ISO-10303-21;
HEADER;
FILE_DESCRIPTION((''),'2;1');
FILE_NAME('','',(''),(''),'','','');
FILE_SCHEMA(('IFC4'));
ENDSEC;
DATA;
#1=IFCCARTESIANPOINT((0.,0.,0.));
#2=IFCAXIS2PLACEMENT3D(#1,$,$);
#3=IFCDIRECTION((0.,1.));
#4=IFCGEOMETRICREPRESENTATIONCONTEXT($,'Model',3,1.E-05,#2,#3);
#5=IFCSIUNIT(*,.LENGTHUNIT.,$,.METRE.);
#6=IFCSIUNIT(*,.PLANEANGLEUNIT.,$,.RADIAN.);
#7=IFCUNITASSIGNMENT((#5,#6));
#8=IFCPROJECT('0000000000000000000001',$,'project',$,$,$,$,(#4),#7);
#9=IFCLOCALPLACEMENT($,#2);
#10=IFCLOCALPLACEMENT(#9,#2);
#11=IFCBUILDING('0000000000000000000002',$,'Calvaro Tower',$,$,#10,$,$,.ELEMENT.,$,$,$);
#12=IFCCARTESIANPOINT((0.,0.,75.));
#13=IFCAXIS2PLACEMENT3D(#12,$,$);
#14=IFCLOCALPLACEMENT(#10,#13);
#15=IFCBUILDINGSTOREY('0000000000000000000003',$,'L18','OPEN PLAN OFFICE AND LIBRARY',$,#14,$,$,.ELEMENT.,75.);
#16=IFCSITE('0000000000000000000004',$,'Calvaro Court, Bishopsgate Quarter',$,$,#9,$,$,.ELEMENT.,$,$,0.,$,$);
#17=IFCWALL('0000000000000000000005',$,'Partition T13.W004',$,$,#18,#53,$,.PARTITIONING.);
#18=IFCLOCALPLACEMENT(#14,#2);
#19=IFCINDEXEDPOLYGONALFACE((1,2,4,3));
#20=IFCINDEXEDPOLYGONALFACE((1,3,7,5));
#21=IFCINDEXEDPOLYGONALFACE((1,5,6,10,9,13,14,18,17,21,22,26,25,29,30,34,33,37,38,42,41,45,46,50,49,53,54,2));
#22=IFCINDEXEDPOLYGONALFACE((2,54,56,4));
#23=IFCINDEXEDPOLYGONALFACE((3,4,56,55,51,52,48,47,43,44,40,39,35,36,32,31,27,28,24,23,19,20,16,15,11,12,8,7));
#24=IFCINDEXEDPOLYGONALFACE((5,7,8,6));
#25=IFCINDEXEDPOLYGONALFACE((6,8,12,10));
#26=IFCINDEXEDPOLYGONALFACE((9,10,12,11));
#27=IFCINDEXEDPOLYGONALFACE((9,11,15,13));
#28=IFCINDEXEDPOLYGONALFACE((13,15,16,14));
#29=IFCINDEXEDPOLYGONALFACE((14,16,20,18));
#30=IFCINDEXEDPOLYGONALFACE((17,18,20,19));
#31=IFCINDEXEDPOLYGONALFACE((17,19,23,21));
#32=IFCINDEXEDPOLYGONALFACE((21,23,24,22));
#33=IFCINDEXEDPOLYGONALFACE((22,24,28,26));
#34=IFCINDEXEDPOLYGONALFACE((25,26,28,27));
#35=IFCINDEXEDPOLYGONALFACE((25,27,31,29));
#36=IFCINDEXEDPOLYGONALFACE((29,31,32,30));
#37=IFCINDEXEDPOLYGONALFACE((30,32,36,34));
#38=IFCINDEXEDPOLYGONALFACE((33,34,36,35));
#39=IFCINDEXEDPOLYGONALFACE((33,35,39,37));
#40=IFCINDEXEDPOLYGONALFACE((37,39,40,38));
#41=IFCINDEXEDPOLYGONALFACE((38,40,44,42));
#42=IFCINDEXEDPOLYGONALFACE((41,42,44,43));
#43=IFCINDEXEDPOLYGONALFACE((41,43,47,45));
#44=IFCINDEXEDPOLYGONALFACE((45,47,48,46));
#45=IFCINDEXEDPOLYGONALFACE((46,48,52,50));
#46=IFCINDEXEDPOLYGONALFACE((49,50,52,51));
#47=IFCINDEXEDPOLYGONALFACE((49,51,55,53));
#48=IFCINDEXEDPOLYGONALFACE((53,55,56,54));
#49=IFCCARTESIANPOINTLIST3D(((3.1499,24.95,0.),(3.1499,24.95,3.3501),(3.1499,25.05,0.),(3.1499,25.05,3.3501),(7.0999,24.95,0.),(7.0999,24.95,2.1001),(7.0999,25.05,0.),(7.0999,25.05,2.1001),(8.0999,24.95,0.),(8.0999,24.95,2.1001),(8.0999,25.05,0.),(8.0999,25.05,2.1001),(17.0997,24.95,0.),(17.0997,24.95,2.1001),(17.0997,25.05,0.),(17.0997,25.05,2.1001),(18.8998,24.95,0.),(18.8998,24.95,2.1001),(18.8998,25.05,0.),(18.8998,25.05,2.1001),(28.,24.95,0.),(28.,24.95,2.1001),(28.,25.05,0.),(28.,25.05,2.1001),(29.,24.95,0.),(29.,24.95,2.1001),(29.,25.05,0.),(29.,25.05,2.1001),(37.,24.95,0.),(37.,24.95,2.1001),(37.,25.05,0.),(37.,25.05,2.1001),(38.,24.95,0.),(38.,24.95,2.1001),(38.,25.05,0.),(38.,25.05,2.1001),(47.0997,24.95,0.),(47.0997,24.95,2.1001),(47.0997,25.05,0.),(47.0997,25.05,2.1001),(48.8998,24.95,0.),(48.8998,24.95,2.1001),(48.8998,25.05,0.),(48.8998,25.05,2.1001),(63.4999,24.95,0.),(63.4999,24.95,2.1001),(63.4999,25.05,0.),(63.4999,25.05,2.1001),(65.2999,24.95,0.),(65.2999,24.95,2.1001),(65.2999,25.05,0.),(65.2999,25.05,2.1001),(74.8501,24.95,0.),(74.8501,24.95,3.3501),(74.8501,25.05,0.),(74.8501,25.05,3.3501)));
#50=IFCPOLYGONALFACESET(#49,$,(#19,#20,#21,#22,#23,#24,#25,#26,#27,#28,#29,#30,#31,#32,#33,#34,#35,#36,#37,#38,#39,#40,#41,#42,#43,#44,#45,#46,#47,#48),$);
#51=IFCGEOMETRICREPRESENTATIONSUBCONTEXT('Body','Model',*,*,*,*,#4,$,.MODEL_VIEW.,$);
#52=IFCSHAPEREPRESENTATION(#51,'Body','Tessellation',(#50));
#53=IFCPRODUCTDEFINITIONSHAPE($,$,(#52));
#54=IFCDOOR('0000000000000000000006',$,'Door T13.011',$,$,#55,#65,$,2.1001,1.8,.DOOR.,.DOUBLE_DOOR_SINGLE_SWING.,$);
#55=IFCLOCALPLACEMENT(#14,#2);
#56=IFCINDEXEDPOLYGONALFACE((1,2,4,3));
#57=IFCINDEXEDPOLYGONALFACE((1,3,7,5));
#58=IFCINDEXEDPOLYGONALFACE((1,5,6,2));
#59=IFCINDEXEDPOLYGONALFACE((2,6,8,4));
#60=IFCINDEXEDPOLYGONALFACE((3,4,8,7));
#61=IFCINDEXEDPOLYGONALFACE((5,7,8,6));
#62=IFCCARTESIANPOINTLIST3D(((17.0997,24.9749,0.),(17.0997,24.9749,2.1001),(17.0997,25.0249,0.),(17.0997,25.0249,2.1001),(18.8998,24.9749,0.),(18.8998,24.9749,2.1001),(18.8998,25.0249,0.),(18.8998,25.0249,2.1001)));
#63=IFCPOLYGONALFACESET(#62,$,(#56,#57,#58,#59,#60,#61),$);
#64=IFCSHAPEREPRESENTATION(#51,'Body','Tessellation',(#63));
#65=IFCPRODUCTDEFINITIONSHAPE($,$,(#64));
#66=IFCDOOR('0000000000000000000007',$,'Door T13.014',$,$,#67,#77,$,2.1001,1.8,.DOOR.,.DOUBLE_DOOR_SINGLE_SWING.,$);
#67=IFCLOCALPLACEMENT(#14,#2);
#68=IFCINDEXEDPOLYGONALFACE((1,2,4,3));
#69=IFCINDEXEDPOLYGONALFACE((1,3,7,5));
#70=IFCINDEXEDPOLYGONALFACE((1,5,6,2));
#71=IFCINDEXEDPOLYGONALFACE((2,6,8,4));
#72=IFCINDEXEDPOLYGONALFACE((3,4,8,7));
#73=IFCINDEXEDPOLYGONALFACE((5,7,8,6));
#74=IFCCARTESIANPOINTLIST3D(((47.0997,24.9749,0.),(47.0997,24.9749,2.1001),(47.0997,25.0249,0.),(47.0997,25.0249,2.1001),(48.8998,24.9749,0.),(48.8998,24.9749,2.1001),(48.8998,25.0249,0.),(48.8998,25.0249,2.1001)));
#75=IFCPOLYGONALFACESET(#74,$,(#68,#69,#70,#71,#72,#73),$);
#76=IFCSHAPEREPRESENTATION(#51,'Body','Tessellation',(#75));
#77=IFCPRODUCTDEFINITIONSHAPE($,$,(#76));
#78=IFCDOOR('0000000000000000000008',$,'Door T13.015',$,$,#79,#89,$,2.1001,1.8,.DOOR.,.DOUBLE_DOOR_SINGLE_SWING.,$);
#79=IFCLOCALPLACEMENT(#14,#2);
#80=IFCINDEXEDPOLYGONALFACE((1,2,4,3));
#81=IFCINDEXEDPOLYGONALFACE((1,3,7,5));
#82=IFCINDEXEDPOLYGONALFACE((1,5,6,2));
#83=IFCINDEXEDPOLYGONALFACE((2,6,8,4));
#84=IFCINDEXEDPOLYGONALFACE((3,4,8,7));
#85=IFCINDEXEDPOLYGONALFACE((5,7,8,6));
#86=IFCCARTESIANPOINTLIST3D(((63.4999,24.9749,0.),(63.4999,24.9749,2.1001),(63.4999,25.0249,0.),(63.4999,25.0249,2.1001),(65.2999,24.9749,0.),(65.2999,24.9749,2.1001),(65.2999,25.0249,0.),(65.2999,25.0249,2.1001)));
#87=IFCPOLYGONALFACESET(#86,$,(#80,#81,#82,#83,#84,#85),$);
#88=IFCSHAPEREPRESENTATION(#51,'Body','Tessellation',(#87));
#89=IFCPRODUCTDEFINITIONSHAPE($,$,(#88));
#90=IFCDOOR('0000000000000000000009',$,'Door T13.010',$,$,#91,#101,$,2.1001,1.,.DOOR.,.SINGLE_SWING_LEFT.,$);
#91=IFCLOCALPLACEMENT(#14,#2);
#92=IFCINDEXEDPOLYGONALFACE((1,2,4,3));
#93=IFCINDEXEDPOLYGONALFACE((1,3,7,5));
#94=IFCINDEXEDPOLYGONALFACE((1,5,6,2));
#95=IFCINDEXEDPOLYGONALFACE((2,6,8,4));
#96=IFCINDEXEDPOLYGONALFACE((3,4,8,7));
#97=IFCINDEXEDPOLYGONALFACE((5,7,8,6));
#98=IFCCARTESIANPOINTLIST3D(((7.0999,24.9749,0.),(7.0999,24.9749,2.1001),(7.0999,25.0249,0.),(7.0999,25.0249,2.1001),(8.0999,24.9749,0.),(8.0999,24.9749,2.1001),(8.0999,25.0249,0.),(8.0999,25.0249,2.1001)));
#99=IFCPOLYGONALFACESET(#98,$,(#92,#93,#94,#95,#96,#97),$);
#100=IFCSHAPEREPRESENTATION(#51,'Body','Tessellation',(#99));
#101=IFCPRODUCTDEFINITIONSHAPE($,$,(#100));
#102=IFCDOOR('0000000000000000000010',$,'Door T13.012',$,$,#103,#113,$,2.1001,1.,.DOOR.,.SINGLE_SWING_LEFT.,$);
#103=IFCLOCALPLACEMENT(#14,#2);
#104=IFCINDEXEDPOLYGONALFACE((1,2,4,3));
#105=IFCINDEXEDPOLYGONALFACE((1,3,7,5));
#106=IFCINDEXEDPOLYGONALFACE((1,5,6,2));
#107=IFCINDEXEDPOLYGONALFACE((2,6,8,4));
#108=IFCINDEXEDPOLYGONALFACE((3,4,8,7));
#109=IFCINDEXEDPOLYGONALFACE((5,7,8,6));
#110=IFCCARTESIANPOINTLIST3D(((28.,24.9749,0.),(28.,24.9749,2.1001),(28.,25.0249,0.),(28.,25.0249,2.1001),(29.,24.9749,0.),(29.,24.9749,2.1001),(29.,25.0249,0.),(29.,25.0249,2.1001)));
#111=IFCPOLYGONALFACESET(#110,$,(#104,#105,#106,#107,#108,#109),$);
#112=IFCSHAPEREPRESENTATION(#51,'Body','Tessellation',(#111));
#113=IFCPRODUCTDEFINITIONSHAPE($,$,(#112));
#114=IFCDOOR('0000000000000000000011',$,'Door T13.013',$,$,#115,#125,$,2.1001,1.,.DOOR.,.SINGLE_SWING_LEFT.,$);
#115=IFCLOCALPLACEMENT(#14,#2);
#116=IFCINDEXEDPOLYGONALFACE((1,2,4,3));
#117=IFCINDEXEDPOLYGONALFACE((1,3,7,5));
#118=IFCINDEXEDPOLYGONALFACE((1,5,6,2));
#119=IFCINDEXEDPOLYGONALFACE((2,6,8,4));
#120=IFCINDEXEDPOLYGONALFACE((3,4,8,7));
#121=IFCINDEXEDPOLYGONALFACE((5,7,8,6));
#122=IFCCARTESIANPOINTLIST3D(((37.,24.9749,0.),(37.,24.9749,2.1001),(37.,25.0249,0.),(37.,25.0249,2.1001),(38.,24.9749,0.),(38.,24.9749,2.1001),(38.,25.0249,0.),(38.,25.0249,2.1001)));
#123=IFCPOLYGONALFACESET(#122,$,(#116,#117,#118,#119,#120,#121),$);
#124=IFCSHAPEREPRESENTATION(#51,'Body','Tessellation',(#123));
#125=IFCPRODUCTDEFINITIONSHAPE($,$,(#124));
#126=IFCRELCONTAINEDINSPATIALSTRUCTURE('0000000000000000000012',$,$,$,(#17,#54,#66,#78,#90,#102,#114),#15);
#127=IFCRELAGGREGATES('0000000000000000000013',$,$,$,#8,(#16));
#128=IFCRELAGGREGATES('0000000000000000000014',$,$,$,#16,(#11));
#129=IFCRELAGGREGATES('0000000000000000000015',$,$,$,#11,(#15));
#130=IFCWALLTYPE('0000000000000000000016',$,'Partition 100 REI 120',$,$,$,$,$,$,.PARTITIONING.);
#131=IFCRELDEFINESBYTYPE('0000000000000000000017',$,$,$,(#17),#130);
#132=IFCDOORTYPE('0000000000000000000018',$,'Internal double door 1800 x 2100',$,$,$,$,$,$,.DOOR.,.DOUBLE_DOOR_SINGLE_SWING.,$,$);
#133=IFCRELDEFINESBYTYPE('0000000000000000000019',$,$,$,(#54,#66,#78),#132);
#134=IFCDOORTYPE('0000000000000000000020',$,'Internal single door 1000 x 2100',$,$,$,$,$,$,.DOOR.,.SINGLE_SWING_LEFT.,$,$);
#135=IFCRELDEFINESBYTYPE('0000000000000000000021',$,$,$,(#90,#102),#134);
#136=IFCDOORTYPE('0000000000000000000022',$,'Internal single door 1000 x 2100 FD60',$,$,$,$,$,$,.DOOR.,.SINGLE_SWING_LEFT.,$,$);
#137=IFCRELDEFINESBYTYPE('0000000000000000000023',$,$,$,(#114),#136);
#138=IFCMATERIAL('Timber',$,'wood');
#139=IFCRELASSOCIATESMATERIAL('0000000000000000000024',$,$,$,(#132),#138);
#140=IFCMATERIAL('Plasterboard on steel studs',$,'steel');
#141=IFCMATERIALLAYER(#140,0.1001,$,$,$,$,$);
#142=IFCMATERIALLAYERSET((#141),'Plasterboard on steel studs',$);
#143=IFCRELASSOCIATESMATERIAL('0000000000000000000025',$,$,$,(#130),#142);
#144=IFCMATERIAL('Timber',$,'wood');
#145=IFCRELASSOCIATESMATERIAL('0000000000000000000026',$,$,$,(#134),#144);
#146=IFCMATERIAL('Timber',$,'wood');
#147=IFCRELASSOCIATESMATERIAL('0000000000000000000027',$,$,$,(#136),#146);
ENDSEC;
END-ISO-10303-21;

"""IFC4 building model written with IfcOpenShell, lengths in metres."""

from ifc_helpers import new_model, si_unit, direction, frame, frame_2d, origin, place, context, subcontext, project, spatial, rectangle, extrude, material, layer, layer_set, type_object, element, fill, save


model = new_model("IFC4")

# Units and contexts
model_context = context("Model", 3, precision=1e-05, world=origin(), true_north=direction((0.0, 1.0)))
body_context = subcontext(model_context, "Body", "Model", "MODEL_VIEW")
ifc_project = project(units=[si_unit("LENGTHUNIT", "METRE"), si_unit("PLANEANGLEUNIT", "RADIAN")], contexts=[model_context])

# Site, building, storey
site_placement = place(None, origin())
site = spatial("IfcSite", under=ifc_project, at=site_placement, Name="Calvaro Court, Bishopsgate Quarter", CompositionType="ELEMENT", RefElevation=0.0)
building_placement = place(site_placement, origin())
building = spatial("IfcBuilding", under=site, at=building_placement, Name="Calvaro Tower", CompositionType="ELEMENT")
storey_placement = place(building_placement, frame((0.0, 0.0, 75.0)))
storey = spatial("IfcBuildingStorey", under=building, at=storey_placement, Name="L18", Description="OPEN PLAN OFFICE AND LIBRARY", CompositionType="ELEMENT", Elevation=75.0)

# Shared definitions
ifc_material_1 = material(Name="Timber", Category="wood")
door_type_1 = type_object("IfcDoorType", Name="Internal double door 1800 x 2100", OperationType="DOUBLE_DOOR_SINGLE_SWING", PredefinedType="DOOR", material=ifc_material_1)

# Shared definitions
ifc_material_2 = material(Name="Plasterboard on steel studs", Category="steel")
ifc_layer_1 = layer(ifc_material_2, 0.1001)
ifc_layer_set_1 = layer_set([ifc_layer_1], Name="Plasterboard on steel studs")
wall_type_1 = type_object("IfcWallType", Name="Partition 100 REI 120", PredefinedType="PARTITIONING", material=ifc_layer_set_1)

# Wall, openings, doors
wall_1_placement = place(storey_placement, frame((3.1499, 25.0, 0.0), z_axis=(0.0, 0.0, 1.0), x_axis=(1.0, 0.0, 0.0)))
wall_1 = element("IfcWall", 1, at=wall_1_placement, inside=storey, type_object=wall_type_1, Name="Partition T13.W004", PredefinedType="PARTITIONING", context=body_context, shape_type="SweptSolid", body=[
    extrude(rectangle(XDim=71.7002, YDim=0.1001, at=frame_2d((35.8501, 0.0))), origin(), (0.0, 0.0, 1.0), 3.3501),
])
opening_1_placement = place(wall_1_placement, frame((3.95, 0.0, 0.0)))
opening_1 = element("IfcOpeningElement", 2, at=opening_1_placement, cuts=wall_1, PredefinedType="OPENING", context=body_context, shape_type="SweptSolid", body=[
    extrude(rectangle(XDim=1.0, YDim=2.1001, at=frame_2d((0.5, 1.05))), frame((0.0, 0.0601, 0.0), z_axis=(0.0, -1.0, 0.0), x_axis=(1.0, 0.0, 0.0)), (0.0, 0.0, 1.0), 0.1201),
])
opening_2_placement = place(wall_1_placement, frame((13.95, 0.0, 0.0)))
opening_2 = element("IfcOpeningElement", 3, at=opening_2_placement, cuts=wall_1, PredefinedType="OPENING", context=body_context, shape_type="SweptSolid", body=[
    extrude(rectangle(XDim=1.8, YDim=2.1001, at=frame_2d((0.8999, 1.05))), frame((0.0, 0.0601, 0.0), z_axis=(0.0, -1.0, 0.0), x_axis=(1.0, 0.0, 0.0)), (0.0, 0.0, 1.0), 0.1201),
])
opening_3_placement = place(wall_1_placement, frame((24.8501, 0.0, 0.0)))
opening_3 = element("IfcOpeningElement", 4, at=opening_3_placement, cuts=wall_1, PredefinedType="OPENING", context=body_context, shape_type="SweptSolid", body=[
    extrude(rectangle(XDim=1.0, YDim=2.1001, at=frame_2d((0.5, 1.05))), frame((0.0, 0.0601, 0.0), z_axis=(0.0, -1.0, 0.0), x_axis=(1.0, 0.0, 0.0)), (0.0, 0.0, 1.0), 0.1201),
])
opening_4_placement = place(wall_1_placement, frame((33.8501, 0.0, 0.0)))
opening_4 = element("IfcOpeningElement", 5, at=opening_4_placement, cuts=wall_1, PredefinedType="OPENING", context=body_context, shape_type="SweptSolid", body=[
    extrude(rectangle(XDim=1.0, YDim=2.1001, at=frame_2d((0.5, 1.05))), frame((0.0, 0.0601, 0.0), z_axis=(0.0, -1.0, 0.0), x_axis=(1.0, 0.0, 0.0)), (0.0, 0.0, 1.0), 0.1201),
])
opening_5_placement = place(wall_1_placement, frame((43.95, 0.0, 0.0)))
opening_5 = element("IfcOpeningElement", 6, at=opening_5_placement, cuts=wall_1, PredefinedType="OPENING", context=body_context, shape_type="SweptSolid", body=[
    extrude(rectangle(XDim=1.8, YDim=2.1001, at=frame_2d((0.8999, 1.05))), frame((0.0, 0.0601, 0.0), z_axis=(0.0, -1.0, 0.0), x_axis=(1.0, 0.0, 0.0)), (0.0, 0.0, 1.0), 0.1201),
])
opening_6_placement = place(wall_1_placement, frame((60.3501, 0.0, 0.0)))
opening_6 = element("IfcOpeningElement", 7, at=opening_6_placement, cuts=wall_1, PredefinedType="OPENING", context=body_context, shape_type="SweptSolid", body=[
    extrude(rectangle(XDim=1.8, YDim=2.1001, at=frame_2d((0.8999, 1.05))), frame((0.0, 0.0601, 0.0), z_axis=(0.0, -1.0, 0.0), x_axis=(1.0, 0.0, 0.0)), (0.0, 0.0, 1.0), 0.1201),
])
door_1_placement = place(opening_2_placement, origin())
door_1 = element("IfcDoor", 8, at=door_1_placement, inside=storey, type_object=door_type_1, Name="Door T13.011", OperationType="DOUBLE_DOOR_SINGLE_SWING", OverallHeight=2.1001, OverallWidth=1.8, PredefinedType="DOOR", context=body_context, shape_type="SweptSolid", body=[
    extrude(rectangle(XDim=1.8, YDim=2.1001, at=frame_2d((0.8999, 1.05))), frame((0.0, 0.0249, 0.0), z_axis=(0.0, -1.0, 0.0), x_axis=(1.0, 0.0, 0.0)), (0.0, 0.0, 1.0), 0.05),
])
fill(opening_2, door_1)
door_2_placement = place(opening_5_placement, origin())
door_2 = element("IfcDoor", 9, at=door_2_placement, inside=storey, type_object=door_type_1, Name="Door T13.014", OperationType="DOUBLE_DOOR_SINGLE_SWING", OverallHeight=2.1001, OverallWidth=1.8, PredefinedType="DOOR", context=body_context, shape_type="SweptSolid", body=[
    extrude(rectangle(XDim=1.8, YDim=2.1001, at=frame_2d((0.8999, 1.05))), frame((0.0, 0.0249, 0.0), z_axis=(0.0, -1.0, 0.0), x_axis=(1.0, 0.0, 0.0)), (0.0, 0.0, 1.0), 0.05),
])
fill(opening_5, door_2)
door_3_placement = place(opening_6_placement, origin())
door_3 = element("IfcDoor", 10, at=door_3_placement, inside=storey, type_object=door_type_1, Name="Door T13.015", OperationType="DOUBLE_DOOR_SINGLE_SWING", OverallHeight=2.1001, OverallWidth=1.8, PredefinedType="DOOR", context=body_context, shape_type="SweptSolid", body=[
    extrude(rectangle(XDim=1.8, YDim=2.1001, at=frame_2d((0.8999, 1.05))), frame((0.0, 0.0249, 0.0), z_axis=(0.0, -1.0, 0.0), x_axis=(1.0, 0.0, 0.0)), (0.0, 0.0, 1.0), 0.05),
])
fill(opening_6, door_3)
ifc_material_3 = material(Name="Timber", Category="wood")
door_type_2 = type_object("IfcDoorType", Name="Internal single door 1000 x 2100", OperationType="SINGLE_SWING_LEFT", PredefinedType="DOOR", material=ifc_material_3)
door_4_placement = place(opening_1_placement, origin())
door_4 = element("IfcDoor", 11, at=door_4_placement, inside=storey, type_object=door_type_2, Name="Door T13.010", OperationType="SINGLE_SWING_LEFT", OverallHeight=2.1001, OverallWidth=1.0, PredefinedType="DOOR", context=body_context, shape_type="SweptSolid", body=[
    extrude(rectangle(XDim=1.0, YDim=2.1001, at=frame_2d((0.5, 1.05))), frame((0.0, 0.0249, 0.0), z_axis=(0.0, -1.0, 0.0), x_axis=(1.0, 0.0, 0.0)), (0.0, 0.0, 1.0), 0.05),
])
fill(opening_1, door_4)
door_5_placement = place(opening_3_placement, origin())
door_5 = element("IfcDoor", 12, at=door_5_placement, inside=storey, type_object=door_type_2, Name="Door T13.012", OperationType="SINGLE_SWING_LEFT", OverallHeight=2.1001, OverallWidth=1.0, PredefinedType="DOOR", context=body_context, shape_type="SweptSolid", body=[
    extrude(rectangle(XDim=1.0, YDim=2.1001, at=frame_2d((0.5, 1.05))), frame((0.0, 0.0249, 0.0), z_axis=(0.0, -1.0, 0.0), x_axis=(1.0, 0.0, 0.0)), (0.0, 0.0, 1.0), 0.05),
])
fill(opening_3, door_5)
ifc_material_4 = material(Name="Timber", Category="wood")
door_type_3 = type_object("IfcDoorType", Name="Internal single door 1000 x 2100 FD60", OperationType="SINGLE_SWING_LEFT", PredefinedType="DOOR", material=ifc_material_4)
door_6_placement = place(opening_4_placement, origin())
door_6 = element("IfcDoor", 13, at=door_6_placement, inside=storey, type_object=door_type_3, Name="Door T13.013", OperationType="SINGLE_SWING_LEFT", OverallHeight=2.1001, OverallWidth=1.0, PredefinedType="DOOR", context=body_context, shape_type="SweptSolid", body=[
    extrude(rectangle(XDim=1.0, YDim=2.1001, at=frame_2d((0.5, 1.05))), frame((0.0, 0.0249, 0.0), z_axis=(0.0, -1.0, 0.0), x_axis=(1.0, 0.0, 0.0)), (0.0, 0.0, 1.0), 0.05),
])
fill(opening_4, door_6)

save(model, "model.ifc")
